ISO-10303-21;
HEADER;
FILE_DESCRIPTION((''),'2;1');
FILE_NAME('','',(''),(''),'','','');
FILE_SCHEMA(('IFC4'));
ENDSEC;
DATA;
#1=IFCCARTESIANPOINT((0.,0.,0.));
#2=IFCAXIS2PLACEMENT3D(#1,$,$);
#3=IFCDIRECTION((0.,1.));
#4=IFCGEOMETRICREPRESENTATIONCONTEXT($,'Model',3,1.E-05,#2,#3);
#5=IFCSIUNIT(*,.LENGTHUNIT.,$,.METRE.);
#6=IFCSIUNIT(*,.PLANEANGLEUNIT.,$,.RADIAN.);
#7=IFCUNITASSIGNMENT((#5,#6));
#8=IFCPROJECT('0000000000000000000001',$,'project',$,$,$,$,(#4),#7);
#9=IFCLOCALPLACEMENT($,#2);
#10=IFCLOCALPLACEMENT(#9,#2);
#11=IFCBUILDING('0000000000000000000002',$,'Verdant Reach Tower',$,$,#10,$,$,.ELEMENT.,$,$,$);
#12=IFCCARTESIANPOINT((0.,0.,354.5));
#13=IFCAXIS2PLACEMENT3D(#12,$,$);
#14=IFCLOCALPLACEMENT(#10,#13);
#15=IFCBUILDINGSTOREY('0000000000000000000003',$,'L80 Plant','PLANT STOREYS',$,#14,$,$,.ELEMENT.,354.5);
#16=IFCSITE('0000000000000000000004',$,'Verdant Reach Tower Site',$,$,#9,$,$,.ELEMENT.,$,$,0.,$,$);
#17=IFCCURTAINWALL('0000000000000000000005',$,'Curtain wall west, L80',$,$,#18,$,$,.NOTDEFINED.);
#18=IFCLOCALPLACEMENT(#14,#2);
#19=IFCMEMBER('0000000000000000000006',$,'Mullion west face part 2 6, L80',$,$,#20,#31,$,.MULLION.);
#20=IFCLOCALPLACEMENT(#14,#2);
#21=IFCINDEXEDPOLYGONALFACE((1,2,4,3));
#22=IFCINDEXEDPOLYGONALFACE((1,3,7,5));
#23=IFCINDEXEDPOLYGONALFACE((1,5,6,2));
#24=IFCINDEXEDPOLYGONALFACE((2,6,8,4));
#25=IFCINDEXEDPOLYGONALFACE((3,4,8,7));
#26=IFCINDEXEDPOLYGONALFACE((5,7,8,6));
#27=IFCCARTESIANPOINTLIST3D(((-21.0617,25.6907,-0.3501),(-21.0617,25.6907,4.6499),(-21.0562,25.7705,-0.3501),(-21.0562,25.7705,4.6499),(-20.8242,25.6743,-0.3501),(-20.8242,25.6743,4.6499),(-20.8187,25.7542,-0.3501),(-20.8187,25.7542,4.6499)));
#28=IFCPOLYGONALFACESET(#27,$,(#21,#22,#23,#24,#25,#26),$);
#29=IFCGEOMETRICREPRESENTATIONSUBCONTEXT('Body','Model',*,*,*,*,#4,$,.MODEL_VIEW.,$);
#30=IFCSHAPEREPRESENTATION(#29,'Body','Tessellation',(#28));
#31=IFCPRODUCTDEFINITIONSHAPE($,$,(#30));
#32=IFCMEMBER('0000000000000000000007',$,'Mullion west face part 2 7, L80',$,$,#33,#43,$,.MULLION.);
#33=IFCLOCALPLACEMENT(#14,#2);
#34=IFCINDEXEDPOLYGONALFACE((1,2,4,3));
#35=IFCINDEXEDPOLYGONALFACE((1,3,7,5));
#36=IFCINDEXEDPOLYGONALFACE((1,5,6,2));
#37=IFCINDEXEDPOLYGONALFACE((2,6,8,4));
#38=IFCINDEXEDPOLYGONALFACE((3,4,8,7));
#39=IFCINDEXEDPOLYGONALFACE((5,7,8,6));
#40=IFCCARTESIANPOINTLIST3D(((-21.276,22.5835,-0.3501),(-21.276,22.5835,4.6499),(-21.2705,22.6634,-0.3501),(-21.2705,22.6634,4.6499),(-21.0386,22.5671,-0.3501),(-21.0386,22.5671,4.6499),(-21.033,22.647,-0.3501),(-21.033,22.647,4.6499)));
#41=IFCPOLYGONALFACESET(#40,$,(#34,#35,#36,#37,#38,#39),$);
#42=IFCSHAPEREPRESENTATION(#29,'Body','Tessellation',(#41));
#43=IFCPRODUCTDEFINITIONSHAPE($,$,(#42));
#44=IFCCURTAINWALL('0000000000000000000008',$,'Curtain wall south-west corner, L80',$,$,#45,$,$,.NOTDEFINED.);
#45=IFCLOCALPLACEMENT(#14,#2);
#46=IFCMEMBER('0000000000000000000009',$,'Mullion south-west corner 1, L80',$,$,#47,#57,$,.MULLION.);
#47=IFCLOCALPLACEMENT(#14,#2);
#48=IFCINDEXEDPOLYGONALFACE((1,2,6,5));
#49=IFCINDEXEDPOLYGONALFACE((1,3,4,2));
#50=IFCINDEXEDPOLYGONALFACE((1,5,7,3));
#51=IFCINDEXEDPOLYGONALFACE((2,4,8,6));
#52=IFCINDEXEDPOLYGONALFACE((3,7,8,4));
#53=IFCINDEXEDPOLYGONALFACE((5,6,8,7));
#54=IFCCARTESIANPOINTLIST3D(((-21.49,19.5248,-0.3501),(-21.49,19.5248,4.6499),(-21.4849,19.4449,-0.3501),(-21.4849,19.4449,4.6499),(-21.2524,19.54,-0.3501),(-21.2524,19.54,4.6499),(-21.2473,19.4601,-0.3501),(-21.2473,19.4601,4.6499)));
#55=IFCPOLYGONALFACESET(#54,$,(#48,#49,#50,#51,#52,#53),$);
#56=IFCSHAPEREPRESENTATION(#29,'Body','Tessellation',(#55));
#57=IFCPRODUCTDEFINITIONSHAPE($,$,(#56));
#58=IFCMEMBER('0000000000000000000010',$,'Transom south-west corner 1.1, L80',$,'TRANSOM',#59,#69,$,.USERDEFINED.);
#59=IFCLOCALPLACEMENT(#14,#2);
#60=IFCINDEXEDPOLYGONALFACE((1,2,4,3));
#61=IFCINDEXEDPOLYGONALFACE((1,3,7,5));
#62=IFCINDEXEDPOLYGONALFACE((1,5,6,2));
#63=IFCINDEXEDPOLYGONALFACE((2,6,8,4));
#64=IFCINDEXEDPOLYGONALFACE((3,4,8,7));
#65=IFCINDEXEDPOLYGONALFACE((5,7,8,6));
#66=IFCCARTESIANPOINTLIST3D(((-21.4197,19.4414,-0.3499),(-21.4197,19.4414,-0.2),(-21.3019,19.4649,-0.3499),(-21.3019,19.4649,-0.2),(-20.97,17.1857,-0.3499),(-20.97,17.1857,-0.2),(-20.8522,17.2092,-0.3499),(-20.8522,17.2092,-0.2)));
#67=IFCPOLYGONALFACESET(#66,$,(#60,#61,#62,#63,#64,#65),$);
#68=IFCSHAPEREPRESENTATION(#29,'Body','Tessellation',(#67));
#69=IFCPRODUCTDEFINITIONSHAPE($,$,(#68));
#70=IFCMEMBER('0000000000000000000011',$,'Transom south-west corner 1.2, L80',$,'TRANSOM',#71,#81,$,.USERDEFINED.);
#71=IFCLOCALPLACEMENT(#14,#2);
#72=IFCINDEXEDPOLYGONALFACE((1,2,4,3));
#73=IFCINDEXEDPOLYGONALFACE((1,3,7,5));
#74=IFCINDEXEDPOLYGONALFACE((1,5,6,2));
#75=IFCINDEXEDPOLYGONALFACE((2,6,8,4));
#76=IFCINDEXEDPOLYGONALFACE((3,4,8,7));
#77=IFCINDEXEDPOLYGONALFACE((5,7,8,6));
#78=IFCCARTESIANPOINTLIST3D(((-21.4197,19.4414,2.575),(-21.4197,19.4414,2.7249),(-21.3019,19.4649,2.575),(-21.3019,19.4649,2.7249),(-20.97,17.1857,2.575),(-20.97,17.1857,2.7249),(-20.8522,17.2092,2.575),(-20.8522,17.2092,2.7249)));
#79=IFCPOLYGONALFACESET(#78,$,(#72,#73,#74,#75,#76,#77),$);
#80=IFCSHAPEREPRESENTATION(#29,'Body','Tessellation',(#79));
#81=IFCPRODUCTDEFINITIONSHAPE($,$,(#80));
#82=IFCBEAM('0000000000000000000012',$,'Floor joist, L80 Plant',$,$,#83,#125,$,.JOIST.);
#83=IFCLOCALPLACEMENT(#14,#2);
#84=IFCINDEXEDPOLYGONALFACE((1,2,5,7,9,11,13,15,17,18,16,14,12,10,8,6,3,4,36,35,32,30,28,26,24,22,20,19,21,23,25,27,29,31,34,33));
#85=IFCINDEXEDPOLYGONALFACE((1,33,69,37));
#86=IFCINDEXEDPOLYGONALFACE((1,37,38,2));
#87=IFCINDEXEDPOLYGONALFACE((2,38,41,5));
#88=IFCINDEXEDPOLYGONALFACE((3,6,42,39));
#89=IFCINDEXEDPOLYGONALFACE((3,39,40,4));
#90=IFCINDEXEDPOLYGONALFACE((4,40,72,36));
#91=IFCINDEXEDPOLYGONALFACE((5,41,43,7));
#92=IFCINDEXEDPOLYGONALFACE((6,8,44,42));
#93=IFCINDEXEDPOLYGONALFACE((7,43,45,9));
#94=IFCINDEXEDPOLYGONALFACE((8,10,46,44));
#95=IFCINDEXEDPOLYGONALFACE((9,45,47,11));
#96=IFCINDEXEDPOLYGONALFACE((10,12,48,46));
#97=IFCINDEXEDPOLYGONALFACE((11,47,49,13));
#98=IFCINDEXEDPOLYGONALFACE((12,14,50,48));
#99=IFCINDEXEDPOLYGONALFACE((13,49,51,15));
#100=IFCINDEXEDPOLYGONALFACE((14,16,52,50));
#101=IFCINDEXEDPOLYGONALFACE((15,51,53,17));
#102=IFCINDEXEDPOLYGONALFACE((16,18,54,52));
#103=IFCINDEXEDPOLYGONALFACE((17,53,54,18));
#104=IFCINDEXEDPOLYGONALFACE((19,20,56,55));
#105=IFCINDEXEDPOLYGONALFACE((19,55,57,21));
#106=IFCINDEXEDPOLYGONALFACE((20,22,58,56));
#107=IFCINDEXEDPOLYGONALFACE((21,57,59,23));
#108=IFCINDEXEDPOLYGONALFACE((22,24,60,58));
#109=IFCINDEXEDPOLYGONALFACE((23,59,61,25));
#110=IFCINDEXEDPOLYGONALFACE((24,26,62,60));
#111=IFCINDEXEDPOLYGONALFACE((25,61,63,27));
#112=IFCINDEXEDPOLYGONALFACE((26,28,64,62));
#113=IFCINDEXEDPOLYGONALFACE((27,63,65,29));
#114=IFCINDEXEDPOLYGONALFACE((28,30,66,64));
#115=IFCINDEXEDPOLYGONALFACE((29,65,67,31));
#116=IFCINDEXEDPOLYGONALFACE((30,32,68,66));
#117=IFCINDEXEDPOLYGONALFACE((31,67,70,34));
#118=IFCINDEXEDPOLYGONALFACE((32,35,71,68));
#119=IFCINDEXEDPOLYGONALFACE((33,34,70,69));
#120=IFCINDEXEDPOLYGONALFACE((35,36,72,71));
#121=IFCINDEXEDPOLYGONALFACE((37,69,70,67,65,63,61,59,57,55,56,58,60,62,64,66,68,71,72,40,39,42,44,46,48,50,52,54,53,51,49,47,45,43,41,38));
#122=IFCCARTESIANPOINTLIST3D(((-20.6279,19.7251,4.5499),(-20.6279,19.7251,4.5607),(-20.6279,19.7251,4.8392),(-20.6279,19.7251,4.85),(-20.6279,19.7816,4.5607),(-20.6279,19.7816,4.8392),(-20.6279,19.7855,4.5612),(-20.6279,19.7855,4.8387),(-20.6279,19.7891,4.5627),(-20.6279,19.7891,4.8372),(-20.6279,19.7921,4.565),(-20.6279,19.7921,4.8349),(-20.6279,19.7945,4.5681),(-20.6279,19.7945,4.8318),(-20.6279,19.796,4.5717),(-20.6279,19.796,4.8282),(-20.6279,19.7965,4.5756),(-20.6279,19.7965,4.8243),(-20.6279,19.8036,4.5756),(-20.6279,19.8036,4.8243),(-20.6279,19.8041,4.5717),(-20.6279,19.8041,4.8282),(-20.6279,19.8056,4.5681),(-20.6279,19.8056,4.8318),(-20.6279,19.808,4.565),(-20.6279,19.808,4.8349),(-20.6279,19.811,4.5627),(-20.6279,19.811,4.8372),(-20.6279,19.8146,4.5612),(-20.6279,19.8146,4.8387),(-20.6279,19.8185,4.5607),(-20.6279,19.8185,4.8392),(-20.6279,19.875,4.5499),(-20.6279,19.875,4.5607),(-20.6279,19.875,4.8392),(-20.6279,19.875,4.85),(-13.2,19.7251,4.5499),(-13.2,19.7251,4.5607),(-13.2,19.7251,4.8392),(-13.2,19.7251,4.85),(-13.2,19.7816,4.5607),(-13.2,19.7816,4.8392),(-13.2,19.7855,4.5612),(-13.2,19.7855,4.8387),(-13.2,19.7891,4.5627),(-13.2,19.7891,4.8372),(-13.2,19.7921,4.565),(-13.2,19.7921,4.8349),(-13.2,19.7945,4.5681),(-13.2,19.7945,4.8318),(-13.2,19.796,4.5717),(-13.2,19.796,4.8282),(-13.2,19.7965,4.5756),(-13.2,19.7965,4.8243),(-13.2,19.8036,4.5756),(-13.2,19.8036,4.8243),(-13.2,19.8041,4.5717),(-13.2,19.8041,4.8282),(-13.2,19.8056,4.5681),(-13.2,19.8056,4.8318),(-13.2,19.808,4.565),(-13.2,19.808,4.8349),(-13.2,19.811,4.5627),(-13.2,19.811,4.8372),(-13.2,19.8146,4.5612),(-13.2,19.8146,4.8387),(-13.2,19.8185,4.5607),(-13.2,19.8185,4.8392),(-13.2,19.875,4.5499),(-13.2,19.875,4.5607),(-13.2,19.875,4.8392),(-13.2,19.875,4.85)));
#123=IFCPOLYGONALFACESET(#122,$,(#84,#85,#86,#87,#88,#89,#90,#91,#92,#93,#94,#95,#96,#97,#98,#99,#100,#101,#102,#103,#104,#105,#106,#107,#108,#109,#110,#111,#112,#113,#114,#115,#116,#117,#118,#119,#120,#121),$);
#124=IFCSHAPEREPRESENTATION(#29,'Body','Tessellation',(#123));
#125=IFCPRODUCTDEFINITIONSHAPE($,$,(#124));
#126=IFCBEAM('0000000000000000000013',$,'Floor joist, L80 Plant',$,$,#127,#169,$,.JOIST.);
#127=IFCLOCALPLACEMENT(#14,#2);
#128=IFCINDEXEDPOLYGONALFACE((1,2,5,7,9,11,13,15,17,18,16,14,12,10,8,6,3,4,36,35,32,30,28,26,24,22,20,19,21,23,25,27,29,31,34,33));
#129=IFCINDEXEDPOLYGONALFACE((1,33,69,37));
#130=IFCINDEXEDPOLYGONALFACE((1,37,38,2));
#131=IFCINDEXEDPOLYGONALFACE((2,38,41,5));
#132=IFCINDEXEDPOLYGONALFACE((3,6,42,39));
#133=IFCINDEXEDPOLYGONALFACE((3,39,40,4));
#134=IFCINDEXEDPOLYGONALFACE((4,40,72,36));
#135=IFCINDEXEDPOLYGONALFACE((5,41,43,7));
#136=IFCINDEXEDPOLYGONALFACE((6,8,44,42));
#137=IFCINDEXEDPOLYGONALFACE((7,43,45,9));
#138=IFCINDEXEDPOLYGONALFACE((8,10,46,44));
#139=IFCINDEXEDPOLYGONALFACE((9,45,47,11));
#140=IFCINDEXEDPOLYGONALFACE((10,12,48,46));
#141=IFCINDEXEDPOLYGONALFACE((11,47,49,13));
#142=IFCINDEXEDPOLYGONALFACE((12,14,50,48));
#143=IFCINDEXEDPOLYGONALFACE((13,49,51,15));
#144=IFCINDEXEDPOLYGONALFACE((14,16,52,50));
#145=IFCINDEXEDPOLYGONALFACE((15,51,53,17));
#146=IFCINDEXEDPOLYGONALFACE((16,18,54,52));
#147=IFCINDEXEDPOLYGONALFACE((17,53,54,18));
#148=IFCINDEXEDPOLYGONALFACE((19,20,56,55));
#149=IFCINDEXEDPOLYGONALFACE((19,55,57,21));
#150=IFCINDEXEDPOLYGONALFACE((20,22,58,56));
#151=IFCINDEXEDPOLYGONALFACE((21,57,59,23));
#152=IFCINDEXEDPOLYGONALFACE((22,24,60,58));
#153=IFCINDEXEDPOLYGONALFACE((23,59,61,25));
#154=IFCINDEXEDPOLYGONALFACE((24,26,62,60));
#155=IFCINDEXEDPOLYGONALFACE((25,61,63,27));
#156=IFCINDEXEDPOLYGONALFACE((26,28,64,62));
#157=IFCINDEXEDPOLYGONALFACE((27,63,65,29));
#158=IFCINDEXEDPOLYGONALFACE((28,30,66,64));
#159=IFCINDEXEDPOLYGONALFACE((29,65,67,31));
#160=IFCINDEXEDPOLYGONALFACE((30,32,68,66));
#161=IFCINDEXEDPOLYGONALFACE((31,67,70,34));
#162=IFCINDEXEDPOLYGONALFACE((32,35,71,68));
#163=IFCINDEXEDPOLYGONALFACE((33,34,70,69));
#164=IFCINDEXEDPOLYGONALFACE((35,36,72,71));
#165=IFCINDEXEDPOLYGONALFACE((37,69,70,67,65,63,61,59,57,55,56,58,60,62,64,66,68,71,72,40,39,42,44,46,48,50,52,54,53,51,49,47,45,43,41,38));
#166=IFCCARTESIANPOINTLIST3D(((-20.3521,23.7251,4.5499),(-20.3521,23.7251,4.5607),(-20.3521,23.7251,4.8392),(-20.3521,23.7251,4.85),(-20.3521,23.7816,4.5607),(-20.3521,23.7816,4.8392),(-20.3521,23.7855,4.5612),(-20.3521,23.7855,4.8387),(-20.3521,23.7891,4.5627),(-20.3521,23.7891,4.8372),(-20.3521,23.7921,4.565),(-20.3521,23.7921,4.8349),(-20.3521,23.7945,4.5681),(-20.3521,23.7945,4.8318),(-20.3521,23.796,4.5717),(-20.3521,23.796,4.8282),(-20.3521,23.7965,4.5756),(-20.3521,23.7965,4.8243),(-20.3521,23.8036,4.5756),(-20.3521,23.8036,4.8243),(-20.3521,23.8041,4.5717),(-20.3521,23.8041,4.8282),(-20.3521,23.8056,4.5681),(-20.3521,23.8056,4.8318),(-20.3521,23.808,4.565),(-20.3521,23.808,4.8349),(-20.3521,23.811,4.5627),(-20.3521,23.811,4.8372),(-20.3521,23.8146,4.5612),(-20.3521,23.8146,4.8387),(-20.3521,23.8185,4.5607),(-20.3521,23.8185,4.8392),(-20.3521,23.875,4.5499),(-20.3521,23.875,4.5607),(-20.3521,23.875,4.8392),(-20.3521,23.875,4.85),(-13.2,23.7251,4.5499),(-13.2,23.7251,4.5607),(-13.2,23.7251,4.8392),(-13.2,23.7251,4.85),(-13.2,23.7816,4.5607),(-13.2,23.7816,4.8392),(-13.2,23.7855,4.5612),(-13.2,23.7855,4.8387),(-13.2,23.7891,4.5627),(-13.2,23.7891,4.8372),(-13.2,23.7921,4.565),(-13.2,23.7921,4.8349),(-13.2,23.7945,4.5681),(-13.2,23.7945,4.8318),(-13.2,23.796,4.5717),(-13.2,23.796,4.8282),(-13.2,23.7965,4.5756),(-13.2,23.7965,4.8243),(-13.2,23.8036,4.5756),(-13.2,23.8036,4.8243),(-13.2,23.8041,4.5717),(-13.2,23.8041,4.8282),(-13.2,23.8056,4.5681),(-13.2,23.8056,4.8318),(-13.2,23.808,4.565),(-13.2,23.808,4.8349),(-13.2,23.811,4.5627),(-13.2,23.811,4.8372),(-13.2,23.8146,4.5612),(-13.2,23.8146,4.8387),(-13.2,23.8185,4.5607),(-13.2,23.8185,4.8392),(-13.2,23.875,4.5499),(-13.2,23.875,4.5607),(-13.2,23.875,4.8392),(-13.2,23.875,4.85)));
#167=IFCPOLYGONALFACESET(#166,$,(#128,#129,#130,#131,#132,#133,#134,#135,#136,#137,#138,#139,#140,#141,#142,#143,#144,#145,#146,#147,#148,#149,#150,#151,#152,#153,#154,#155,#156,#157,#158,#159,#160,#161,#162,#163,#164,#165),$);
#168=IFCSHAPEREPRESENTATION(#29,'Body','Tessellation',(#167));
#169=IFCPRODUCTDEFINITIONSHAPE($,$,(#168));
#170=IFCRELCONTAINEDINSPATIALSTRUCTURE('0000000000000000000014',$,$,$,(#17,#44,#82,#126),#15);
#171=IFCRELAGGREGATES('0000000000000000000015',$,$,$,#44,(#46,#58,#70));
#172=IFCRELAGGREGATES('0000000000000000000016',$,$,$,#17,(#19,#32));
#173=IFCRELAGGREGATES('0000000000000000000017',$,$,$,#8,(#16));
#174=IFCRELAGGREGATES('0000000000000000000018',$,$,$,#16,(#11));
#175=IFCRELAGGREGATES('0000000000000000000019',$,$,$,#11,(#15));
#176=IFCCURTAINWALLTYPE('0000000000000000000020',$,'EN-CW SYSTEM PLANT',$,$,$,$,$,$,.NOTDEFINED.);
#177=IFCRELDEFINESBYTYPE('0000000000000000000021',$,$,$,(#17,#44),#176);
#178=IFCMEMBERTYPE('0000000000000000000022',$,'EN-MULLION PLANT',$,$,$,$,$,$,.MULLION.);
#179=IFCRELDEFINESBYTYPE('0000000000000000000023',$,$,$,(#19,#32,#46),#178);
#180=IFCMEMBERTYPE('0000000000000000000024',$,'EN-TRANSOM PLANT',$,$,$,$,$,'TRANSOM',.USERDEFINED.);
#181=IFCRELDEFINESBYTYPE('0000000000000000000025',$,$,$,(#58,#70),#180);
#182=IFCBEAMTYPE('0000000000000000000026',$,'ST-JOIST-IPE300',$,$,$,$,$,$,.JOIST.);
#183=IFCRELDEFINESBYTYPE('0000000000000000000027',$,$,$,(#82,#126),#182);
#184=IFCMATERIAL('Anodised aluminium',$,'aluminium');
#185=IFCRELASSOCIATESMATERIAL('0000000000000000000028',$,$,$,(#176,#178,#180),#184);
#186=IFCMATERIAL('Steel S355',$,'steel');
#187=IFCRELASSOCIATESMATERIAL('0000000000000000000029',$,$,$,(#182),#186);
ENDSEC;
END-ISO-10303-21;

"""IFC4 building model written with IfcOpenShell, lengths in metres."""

from ifc_helpers import new_model, si_unit, direction, frame, origin, origin_2d, place, context, subcontext, project, spatial, rectangle, i_section, extrude, material, material_profile, profile_set, type_object, element, aggregate, save


model = new_model("IFC4")

# Units and contexts
model_context = context("Model", 3, precision=1e-05, world=origin(), true_north=direction((0.0, 1.0)))
body_context = subcontext(model_context, "Body", "Model", "MODEL_VIEW")
ifc_project = project(units=[si_unit("LENGTHUNIT", "METRE"), si_unit("PLANEANGLEUNIT", "RADIAN")], contexts=[model_context])

# Site, building, storey
site_placement = place(None, origin())
site = spatial("IfcSite", under=ifc_project, at=site_placement, Name="Verdant Reach Tower Site", CompositionType="ELEMENT", RefElevation=0.0)
building_placement = place(site_placement, origin())
building = spatial("IfcBuilding", under=site, at=building_placement, Name="Verdant Reach Tower", CompositionType="ELEMENT")
storey_placement = place(building_placement, frame((0.0, 0.0, 354.5)))
storey = spatial("IfcBuildingStorey", under=building, at=storey_placement, Name="L80 Plant", Description="PLANT STOREYS", CompositionType="ELEMENT", Elevation=354.5)

# Curtain walls, members
ifc_material_1 = material(Name="Anodised aluminium", Category="aluminium")
curtain_wall_type = type_object("IfcCurtainWallType", Name="EN-CW SYSTEM PLANT", PredefinedType="NOTDEFINED", material=ifc_material_1)
curtain_wall_1_placement = place(storey_placement, origin())
curtain_wall_1 = element("IfcCurtainWall", 1, at=curtain_wall_1_placement, inside=storey, type_object=curtain_wall_type, Name="Curtain wall west, L80", PredefinedType="NOTDEFINED")
ifc_material_profile_1 = material_profile(ifc_material_1, rectangle(XDim=0.238, YDim=0.0801, at=origin_2d()), Name="Mullion 80x240")
ifc_profile_set_1 = profile_set([ifc_material_profile_1], Name="Anodised aluminium")
member_type_1 = type_object("IfcMemberType", Name="EN-MULLION PLANT", PredefinedType="MULLION", material=ifc_profile_set_1)
member_1_placement = place(storey_placement, frame((-20.9402, 25.7224, -0.3501), z_axis=(0.0, 0.0, 1.0), x_axis=(-0.99763, 0.068802, 0.0)))
member_1 = element("IfcMember", 2, at=member_1_placement, type_object=member_type_1, Name="Mullion west face part 2 6, L80", PredefinedType="MULLION", context=body_context, shape_type="SweptSolid", body=[
    extrude(rectangle(XDim=0.238, YDim=0.0801, at=origin_2d()), origin(), (0.0, 0.0, 1.0), 5.0),
])
member_2_placement = place(storey_placement, frame((-21.1545, 22.6152, -0.3501), z_axis=(0.0, 0.0, 1.0), x_axis=(-0.99763, 0.068802, 0.0)))
member_2 = element("IfcMember", 3, at=member_2_placement, type_object=member_type_1, Name="Mullion west face part 2 7, L80", PredefinedType="MULLION", context=body_context, shape_type="SweptSolid", body=[
    extrude(rectangle(XDim=0.238, YDim=0.0801, at=origin_2d()), origin(), (0.0, 0.0, 1.0), 5.0),
])
curtain_wall_2_placement = place(storey_placement, origin())
curtain_wall_2 = element("IfcCurtainWall", 4, at=curtain_wall_2_placement, inside=storey, type_object=curtain_wall_type, Name="Curtain wall south-west corner, L80", PredefinedType="NOTDEFINED")
member_3_placement = place(storey_placement, frame((-21.3687, 19.4924, -0.3501), z_axis=(0.0, 0.0, 1.0), x_axis=(-0.997969, -0.063699, 0.0)))
member_3 = element("IfcMember", 5, at=member_3_placement, type_object=member_type_1, Name="Mullion south-west corner 1, L80", PredefinedType="MULLION", context=body_context, shape_type="SweptSolid", body=[
    extrude(rectangle(XDim=0.238, YDim=0.0801, at=origin_2d()), origin(), (0.0, 0.0, 1.0), 5.0),
])
ifc_material_profile_2 = material_profile(ifc_material_1, rectangle(XDim=0.1201, YDim=0.1499, at=origin_2d()), Name="Transom 150x120")
ifc_profile_set_2 = profile_set([ifc_material_profile_2], Name="Anodised aluminium")
member_type_2 = type_object("IfcMemberType", Name="EN-TRANSOM PLANT", ElementType="TRANSOM", PredefinedType="USERDEFINED", material=ifc_profile_set_2)
member_4_placement = place(storey_placement, frame((-21.3608, 19.4531, -0.2749), z_axis=(0.195524, -0.980699, 0.0), x_axis=(0.980699, 0.195524, 0.0)))
member_4 = element("IfcMember", 6, at=member_4_placement, type_object=member_type_2, Name="Transom south-west corner 1.1, L80", ObjectType="TRANSOM", PredefinedType="USERDEFINED", context=body_context, shape_type="SweptSolid", body=[
    extrude(rectangle(XDim=0.1201, YDim=0.1499, at=origin_2d()), origin(), (0.0, 0.0, 1.0), 2.3),
])
member_5_placement = place(storey_placement, frame((-21.3608, 19.4531, 2.6499), z_axis=(0.195524, -0.980699, 0.0), x_axis=(0.980699, 0.195524, 0.0)))
member_5 = element("IfcMember", 7, at=member_5_placement, type_object=member_type_2, Name="Transom south-west corner 1.2, L80", ObjectType="TRANSOM", PredefinedType="USERDEFINED", context=body_context, shape_type="SweptSolid", body=[
    extrude(rectangle(XDim=0.1201, YDim=0.1499, at=origin_2d()), origin(), (0.0, 0.0, 1.0), 2.3),
])
aggregate(curtain_wall_2, [member_3, member_4, member_5])

# Beams
ifc_material_2 = material(Name="Steel S355", Category="steel")
ifc_material_profile_3 = material_profile(ifc_material_2, i_section(OverallWidth=0.1499, OverallDepth=0.3, WebThickness=0.0071, FlangeThickness=0.0107, FilletRadius=0.0149, at=origin_2d()), Name="IPE 300")
ifc_profile_set_3 = profile_set([ifc_material_profile_3], Name="Steel S355")
beam_type_1 = type_object("IfcBeamType", Name="ST-JOIST-IPE300", PredefinedType="JOIST", material=ifc_profile_set_3)
beam_1_placement = place(storey_placement, frame((-13.2, 19.8, 4.7), z_axis=(-1.0, 0.0, 0.0), x_axis=(0.0, -1.0, 0.0)))
element("IfcBeam", 8, at=beam_1_placement, inside=storey, type_object=beam_type_1, Name="Floor joist, L80 Plant", PredefinedType="JOIST", context=body_context, shape_type="SweptSolid", body=[
    extrude(i_section(OverallWidth=0.1499, OverallDepth=0.3, WebThickness=0.0071, FlangeThickness=0.0107, FilletRadius=0.0149, at=origin_2d()), origin(), (0.0, 0.0, 1.0), 7.428),
])
beam_2_placement = place(storey_placement, frame((-13.2, 23.8, 4.7), z_axis=(-1.0, 0.0, 0.0), x_axis=(0.0, -1.0, 0.0)))
element("IfcBeam", 9, at=beam_2_placement, inside=storey, type_object=beam_type_1, Name="Floor joist, L80 Plant", PredefinedType="JOIST", context=body_context, shape_type="SweptSolid", body=[
    extrude(i_section(OverallWidth=0.1499, OverallDepth=0.3, WebThickness=0.0071, FlangeThickness=0.0107, FilletRadius=0.0149, at=origin_2d()), origin(), (0.0, 0.0, 1.0), 7.1521),
])

aggregate(curtain_wall_1, [member_1, member_2])

save(model, "model.ifc")
